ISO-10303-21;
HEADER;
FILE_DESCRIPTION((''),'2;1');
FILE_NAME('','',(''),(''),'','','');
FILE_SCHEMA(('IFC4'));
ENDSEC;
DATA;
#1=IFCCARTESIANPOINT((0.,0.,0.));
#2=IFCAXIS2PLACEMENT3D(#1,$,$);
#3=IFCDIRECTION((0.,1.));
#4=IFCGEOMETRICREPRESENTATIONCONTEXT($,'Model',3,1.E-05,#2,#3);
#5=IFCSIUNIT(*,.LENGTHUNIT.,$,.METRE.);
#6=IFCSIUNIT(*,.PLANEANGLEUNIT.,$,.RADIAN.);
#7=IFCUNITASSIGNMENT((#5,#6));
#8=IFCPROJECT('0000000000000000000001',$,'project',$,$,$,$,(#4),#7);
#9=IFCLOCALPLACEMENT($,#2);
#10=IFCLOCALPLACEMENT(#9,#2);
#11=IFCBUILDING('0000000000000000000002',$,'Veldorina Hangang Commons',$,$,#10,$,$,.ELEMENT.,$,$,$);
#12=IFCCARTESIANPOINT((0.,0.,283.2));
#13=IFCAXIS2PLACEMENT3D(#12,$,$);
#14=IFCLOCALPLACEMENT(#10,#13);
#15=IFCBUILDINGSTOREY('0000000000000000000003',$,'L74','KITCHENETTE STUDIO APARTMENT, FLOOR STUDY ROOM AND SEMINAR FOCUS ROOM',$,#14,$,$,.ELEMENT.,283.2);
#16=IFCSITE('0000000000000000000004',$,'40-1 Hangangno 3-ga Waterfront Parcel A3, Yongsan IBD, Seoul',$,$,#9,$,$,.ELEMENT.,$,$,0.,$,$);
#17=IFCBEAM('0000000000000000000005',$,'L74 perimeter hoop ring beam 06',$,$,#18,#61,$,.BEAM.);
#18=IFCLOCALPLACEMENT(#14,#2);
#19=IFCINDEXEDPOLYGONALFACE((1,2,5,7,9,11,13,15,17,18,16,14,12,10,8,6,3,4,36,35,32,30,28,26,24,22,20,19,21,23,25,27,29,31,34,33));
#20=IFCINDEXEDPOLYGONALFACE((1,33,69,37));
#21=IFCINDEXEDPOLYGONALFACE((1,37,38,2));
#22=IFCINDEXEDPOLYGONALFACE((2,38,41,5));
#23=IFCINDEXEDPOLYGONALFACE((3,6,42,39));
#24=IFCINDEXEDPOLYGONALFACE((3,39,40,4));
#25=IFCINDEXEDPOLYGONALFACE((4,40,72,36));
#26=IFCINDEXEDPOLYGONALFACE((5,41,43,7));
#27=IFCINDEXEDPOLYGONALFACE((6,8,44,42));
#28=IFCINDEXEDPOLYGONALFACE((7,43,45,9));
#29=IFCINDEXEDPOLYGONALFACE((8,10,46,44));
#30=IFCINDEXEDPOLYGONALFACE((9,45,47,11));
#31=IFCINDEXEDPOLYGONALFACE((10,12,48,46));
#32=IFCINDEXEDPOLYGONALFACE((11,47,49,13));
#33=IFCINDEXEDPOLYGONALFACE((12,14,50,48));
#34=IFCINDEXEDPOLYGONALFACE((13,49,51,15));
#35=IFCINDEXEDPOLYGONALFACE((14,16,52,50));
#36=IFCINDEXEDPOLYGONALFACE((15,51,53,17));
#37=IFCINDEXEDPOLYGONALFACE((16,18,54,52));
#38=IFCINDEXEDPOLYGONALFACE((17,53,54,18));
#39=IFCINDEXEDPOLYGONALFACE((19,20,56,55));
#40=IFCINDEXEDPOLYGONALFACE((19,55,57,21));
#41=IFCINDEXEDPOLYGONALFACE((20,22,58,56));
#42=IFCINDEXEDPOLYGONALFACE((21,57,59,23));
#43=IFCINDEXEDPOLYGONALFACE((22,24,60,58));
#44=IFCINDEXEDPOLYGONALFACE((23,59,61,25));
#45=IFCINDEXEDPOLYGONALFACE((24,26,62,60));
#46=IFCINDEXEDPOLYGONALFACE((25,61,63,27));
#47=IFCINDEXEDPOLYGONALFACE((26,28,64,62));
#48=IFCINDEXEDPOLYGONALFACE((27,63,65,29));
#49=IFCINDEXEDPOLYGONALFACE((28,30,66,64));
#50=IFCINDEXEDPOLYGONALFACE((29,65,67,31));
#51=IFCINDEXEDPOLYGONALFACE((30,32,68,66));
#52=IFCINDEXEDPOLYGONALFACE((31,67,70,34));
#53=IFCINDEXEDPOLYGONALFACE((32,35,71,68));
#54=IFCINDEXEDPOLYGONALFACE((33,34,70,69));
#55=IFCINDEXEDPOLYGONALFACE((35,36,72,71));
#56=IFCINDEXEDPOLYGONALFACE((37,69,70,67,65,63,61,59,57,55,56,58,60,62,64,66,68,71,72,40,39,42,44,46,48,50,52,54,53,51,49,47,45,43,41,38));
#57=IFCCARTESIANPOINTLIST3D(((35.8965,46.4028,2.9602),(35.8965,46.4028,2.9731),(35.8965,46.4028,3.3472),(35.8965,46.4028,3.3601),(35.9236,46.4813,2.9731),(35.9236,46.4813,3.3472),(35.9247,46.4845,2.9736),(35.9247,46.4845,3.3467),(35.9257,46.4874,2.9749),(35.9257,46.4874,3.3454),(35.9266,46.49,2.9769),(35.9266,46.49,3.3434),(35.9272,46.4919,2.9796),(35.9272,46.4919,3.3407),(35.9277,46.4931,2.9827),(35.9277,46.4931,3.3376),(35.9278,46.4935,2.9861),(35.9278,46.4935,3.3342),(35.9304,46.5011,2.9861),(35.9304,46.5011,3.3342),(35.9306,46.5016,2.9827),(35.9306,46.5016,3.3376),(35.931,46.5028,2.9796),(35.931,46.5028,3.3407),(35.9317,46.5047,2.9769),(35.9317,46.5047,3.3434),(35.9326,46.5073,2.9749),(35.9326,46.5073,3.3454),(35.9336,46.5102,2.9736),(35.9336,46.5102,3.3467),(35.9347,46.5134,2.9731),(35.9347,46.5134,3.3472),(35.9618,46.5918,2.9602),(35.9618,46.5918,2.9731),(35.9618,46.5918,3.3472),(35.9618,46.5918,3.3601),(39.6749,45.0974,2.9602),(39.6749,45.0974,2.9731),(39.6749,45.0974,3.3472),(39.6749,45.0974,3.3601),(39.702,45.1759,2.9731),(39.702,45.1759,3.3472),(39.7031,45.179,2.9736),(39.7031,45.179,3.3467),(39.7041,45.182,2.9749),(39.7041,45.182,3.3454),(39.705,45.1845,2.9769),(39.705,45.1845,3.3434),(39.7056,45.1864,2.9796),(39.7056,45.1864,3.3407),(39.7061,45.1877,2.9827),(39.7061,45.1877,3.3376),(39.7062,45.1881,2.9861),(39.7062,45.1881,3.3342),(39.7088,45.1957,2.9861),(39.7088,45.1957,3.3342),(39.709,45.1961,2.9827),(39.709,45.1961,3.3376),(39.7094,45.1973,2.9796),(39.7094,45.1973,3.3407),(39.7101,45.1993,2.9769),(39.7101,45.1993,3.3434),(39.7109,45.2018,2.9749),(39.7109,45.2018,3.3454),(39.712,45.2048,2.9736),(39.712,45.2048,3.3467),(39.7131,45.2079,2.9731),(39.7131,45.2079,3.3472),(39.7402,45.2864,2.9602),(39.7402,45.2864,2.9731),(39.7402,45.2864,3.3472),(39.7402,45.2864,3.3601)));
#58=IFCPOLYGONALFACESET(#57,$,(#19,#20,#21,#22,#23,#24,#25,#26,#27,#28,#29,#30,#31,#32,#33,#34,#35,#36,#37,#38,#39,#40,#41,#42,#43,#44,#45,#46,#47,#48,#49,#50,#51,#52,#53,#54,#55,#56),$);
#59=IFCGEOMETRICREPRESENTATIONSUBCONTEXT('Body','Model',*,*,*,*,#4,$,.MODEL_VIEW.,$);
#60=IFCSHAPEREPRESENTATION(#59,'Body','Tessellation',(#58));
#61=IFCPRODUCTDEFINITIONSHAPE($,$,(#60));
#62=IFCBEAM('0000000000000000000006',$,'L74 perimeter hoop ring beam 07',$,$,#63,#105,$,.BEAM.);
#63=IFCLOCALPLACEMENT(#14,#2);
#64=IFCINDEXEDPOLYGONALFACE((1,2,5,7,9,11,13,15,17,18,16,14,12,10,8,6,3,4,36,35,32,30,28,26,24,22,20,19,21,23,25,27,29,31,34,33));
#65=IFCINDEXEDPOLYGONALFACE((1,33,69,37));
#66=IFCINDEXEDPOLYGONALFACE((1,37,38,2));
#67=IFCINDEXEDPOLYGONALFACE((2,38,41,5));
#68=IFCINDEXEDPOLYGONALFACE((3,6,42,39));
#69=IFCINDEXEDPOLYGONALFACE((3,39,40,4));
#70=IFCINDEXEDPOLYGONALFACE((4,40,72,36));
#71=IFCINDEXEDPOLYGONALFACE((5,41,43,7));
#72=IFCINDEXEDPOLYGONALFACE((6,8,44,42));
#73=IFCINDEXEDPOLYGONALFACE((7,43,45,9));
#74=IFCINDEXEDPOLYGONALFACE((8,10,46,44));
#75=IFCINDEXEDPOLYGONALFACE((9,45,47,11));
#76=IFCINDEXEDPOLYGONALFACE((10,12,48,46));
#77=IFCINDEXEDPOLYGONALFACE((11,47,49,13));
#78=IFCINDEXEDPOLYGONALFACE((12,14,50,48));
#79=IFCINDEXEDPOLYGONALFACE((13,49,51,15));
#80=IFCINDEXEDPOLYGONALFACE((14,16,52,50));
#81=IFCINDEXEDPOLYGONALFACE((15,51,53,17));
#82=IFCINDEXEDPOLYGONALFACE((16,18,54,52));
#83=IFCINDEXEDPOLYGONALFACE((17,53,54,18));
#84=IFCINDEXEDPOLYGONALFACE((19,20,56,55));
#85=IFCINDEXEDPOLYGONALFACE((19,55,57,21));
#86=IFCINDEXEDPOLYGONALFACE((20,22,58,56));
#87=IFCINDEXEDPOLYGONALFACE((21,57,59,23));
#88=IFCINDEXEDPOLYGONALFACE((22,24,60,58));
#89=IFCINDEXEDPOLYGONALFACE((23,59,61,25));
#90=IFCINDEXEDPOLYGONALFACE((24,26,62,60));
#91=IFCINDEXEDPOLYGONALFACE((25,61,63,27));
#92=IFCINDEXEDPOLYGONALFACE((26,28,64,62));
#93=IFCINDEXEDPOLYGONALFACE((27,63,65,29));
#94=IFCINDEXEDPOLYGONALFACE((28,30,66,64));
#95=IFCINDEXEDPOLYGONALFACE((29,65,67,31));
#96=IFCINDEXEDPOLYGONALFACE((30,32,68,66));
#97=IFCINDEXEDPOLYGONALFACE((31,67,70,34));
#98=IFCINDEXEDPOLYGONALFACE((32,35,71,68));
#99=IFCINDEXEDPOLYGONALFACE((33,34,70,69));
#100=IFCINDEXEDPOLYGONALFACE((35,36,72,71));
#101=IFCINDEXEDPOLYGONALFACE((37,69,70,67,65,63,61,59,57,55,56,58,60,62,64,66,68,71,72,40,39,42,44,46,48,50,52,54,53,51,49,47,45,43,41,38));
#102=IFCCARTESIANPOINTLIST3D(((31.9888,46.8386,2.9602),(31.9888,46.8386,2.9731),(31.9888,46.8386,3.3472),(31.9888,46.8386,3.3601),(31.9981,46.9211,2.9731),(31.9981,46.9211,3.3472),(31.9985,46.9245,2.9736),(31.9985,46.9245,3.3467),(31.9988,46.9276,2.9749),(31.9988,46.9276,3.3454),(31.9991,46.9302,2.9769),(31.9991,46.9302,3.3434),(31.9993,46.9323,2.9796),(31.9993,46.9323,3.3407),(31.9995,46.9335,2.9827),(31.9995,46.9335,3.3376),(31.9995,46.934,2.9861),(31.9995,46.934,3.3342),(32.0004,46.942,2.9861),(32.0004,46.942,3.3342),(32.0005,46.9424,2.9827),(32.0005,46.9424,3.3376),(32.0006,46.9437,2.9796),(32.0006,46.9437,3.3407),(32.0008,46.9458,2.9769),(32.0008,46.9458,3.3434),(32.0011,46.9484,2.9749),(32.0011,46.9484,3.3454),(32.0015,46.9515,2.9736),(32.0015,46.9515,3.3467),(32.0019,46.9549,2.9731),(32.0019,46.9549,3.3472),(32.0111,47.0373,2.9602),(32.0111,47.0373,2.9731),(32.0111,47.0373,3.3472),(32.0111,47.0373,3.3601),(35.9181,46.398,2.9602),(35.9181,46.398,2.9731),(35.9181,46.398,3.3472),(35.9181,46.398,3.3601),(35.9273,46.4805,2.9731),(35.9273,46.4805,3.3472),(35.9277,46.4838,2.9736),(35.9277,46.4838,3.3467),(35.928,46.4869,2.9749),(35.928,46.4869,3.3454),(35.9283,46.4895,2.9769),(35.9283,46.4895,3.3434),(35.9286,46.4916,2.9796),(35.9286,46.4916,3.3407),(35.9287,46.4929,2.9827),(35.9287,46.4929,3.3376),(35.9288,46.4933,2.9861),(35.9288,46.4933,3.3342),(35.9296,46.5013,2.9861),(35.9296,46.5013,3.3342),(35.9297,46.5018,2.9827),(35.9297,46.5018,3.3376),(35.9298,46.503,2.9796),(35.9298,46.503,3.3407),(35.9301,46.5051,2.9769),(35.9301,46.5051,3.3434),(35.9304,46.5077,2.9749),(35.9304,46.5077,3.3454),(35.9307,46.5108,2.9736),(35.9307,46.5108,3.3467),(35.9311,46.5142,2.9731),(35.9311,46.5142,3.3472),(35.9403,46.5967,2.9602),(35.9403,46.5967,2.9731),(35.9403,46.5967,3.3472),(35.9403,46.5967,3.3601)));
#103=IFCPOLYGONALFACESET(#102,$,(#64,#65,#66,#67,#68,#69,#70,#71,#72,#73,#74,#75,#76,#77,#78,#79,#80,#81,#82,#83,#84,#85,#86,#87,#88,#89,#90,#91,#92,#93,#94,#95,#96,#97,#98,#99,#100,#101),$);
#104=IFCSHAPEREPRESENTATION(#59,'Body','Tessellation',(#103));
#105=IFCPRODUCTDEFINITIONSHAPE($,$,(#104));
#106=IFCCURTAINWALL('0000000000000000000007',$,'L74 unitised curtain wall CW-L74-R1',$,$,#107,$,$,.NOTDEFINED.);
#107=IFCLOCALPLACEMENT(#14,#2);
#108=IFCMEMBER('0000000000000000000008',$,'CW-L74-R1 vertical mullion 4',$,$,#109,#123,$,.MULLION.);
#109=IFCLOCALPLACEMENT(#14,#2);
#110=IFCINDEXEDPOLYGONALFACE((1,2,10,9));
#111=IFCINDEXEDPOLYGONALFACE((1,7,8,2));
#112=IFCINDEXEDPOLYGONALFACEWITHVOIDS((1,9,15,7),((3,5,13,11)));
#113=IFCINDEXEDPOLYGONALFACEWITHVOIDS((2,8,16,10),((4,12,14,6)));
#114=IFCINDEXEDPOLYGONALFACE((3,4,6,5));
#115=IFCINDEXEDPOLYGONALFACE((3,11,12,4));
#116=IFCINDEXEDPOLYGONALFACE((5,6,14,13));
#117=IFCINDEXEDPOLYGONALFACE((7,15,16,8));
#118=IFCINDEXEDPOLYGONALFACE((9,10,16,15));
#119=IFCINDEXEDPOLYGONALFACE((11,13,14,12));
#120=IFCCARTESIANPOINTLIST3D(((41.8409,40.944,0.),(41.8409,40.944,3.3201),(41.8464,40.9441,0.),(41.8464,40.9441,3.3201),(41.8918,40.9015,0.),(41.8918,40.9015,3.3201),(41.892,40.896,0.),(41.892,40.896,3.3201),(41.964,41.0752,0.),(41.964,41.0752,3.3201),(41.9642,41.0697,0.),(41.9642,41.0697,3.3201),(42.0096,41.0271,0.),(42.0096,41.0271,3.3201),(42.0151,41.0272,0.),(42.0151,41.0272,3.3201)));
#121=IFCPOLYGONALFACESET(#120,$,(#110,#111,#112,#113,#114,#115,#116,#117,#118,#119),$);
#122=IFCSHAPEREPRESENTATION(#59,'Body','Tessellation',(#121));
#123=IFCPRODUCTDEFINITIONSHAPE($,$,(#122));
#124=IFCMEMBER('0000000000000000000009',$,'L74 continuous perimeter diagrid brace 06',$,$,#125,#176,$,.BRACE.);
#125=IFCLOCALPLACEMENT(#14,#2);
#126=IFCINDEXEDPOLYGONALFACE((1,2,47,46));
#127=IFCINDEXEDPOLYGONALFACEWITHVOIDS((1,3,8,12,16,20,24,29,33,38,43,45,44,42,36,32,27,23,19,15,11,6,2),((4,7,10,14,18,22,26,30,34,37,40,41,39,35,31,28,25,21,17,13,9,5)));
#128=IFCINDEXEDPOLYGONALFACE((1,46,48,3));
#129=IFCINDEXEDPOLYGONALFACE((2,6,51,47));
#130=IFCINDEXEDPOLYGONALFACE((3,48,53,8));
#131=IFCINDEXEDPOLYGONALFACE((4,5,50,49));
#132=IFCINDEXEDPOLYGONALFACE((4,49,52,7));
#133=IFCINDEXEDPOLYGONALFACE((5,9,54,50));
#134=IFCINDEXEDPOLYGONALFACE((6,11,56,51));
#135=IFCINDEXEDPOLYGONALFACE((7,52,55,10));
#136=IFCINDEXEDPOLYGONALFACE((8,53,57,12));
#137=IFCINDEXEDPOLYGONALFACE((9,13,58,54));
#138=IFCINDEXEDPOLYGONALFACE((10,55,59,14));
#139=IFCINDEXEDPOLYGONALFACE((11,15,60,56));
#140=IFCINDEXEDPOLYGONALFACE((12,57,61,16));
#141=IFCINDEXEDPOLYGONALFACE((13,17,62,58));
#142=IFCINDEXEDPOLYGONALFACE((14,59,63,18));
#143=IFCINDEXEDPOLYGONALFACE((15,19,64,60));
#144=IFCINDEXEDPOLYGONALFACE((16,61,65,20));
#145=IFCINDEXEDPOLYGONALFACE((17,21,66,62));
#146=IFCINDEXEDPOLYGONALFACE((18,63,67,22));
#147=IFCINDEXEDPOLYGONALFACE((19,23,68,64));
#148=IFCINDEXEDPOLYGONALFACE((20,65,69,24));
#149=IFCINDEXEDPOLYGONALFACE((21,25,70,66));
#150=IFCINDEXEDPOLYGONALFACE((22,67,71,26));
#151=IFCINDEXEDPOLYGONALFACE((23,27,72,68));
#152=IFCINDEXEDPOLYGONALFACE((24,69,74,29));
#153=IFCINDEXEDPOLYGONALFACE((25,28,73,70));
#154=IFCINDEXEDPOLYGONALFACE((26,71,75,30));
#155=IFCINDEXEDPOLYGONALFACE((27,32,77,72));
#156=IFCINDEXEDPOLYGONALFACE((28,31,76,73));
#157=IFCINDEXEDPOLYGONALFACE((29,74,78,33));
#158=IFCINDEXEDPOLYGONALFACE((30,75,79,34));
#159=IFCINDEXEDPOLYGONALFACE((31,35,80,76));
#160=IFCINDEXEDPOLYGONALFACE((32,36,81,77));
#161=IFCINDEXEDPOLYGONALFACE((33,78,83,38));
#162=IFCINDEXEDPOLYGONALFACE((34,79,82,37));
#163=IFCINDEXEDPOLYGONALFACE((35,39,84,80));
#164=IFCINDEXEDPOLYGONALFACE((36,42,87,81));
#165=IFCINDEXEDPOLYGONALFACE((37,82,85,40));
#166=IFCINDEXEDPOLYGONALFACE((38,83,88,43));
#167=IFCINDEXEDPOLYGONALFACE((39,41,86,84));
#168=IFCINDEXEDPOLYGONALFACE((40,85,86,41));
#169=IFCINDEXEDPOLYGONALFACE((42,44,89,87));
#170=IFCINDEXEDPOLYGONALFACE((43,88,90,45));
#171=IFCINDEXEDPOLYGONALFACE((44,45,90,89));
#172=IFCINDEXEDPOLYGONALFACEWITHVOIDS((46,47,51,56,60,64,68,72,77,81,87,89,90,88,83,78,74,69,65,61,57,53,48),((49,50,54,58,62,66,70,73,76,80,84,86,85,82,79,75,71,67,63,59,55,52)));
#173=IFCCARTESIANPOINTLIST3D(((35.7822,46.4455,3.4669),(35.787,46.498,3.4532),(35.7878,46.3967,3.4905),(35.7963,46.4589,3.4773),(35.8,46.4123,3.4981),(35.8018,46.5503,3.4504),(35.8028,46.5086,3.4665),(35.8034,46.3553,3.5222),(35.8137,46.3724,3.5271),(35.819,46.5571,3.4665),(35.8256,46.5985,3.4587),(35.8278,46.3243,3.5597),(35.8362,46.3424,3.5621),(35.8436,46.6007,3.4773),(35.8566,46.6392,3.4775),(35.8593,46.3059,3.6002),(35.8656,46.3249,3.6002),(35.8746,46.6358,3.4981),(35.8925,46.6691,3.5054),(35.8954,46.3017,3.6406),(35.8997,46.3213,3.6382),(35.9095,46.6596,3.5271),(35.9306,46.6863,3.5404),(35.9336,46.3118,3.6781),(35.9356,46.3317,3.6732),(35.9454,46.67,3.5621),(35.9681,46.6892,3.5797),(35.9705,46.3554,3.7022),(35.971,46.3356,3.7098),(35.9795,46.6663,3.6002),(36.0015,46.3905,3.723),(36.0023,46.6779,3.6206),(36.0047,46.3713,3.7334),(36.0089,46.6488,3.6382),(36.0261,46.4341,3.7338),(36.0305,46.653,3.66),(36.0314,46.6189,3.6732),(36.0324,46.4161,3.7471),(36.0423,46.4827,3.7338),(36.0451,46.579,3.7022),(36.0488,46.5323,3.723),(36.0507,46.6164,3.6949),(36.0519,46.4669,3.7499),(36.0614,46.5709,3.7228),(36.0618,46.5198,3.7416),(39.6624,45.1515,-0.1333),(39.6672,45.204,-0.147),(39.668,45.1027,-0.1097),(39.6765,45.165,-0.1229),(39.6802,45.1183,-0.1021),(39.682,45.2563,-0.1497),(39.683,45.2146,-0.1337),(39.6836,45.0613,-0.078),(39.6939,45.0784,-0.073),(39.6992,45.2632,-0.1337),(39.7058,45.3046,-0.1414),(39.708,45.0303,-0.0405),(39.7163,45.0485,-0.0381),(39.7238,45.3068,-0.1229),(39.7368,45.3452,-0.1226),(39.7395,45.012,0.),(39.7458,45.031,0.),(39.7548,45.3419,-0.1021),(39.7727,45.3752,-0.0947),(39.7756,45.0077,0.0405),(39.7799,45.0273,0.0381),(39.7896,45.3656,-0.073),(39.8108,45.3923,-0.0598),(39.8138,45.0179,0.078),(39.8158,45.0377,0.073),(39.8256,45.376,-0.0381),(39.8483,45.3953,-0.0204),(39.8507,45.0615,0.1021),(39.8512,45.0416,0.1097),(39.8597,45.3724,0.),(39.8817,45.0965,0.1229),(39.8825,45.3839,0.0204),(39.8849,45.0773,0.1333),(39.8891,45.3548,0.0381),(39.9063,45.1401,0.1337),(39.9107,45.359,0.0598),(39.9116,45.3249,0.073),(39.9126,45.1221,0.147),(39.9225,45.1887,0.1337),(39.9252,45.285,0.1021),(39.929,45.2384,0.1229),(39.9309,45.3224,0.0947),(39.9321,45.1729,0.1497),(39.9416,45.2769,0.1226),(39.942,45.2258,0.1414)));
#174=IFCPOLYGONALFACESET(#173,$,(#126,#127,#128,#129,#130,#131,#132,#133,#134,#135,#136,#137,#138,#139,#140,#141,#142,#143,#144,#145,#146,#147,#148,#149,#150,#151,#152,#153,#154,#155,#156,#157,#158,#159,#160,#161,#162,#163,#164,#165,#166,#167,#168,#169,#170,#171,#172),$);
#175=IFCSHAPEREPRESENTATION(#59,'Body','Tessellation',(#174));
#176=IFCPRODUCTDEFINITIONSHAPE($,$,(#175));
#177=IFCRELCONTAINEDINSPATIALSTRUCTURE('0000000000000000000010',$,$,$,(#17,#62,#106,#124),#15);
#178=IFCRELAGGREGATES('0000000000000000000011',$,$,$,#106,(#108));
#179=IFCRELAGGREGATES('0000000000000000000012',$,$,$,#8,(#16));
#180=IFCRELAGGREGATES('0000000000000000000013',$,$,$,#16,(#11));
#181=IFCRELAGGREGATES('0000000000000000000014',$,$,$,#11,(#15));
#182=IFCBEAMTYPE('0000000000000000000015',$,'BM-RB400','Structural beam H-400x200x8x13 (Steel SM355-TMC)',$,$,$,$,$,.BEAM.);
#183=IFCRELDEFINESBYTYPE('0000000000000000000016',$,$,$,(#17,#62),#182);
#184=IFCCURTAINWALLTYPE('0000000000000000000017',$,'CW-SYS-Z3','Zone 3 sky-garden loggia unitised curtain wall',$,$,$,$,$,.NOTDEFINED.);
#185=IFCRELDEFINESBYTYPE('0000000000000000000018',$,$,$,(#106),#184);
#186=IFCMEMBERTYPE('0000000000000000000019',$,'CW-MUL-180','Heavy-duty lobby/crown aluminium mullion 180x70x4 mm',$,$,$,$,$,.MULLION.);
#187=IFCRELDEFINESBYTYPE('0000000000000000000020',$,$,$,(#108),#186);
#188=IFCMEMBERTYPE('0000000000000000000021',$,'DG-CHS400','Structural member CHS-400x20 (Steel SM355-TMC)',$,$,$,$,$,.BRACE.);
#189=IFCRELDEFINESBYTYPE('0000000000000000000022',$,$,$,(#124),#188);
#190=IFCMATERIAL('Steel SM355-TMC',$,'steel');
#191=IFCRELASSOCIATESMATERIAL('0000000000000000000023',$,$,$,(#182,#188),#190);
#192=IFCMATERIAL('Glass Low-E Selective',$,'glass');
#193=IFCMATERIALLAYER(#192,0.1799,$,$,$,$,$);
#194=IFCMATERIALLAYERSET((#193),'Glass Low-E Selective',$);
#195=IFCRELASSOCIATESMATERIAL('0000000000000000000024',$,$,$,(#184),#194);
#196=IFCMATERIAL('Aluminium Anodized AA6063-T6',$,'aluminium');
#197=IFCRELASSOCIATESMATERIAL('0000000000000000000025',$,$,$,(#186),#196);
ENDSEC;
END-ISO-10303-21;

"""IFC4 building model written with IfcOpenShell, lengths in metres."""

from ifc_helpers import new_model, si_unit, direction, frame, origin, origin_2d, place, context, subcontext, project, spatial, hollow_rectangle, hollow_circle, i_section, extrude, material, layer, layer_set, material_profile, profile_set, type_object, element, aggregate, save


model = new_model("IFC4")

# Units and contexts
model_context = context("Model", 3, precision=1e-05, world=origin(), true_north=direction((0.0, 1.0)))
body_context = subcontext(model_context, "Body", "Model", "MODEL_VIEW")
ifc_project = project(units=[si_unit("LENGTHUNIT", "METRE"), si_unit("PLANEANGLEUNIT", "RADIAN")], contexts=[model_context])

# Site, building, storey
site_placement = place(None, origin())
site = spatial("IfcSite", under=ifc_project, at=site_placement, Name="40-1 Hangangno 3-ga Waterfront Parcel A3, Yongsan IBD, Seoul", CompositionType="ELEMENT", RefElevation=0.0)
building_placement = place(site_placement, origin())
building = spatial("IfcBuilding", under=site, at=building_placement, Name="Veldorina Hangang Commons", CompositionType="ELEMENT")
storey_placement = place(building_placement, frame((0.0, 0.0, 283.2)))
storey = spatial("IfcBuildingStorey", under=building, at=storey_placement, Name="L74", Description="KITCHENETTE STUDIO APARTMENT, FLOOR STUDY ROOM AND SEMINAR FOCUS ROOM", CompositionType="ELEMENT", Elevation=283.2)

# Beams
ifc_material_1 = material(Name="Steel SM355-TMC", Category="steel")
ifc_material_profile_1 = material_profile(ifc_material_1, i_section(OverallWidth=0.2, OverallDepth=0.3999, WebThickness=0.0081, FlangeThickness=0.0129, FilletRadius=0.0129, at=origin_2d()), Name="H-400x200x8x13")
ifc_profile_set_1 = profile_set([ifc_material_profile_1], Name="Steel SM355-TMC")
beam_type = type_object("IfcBeamType", Name="BM-RB400", Description="Structural beam H-400x200x8x13 (Steel SM355-TMC)", PredefinedType="BEAM", material=ifc_profile_set_1)
beam_1_placement = place(storey_placement, frame((39.7075, 45.1919, 3.1602), z_axis=(-0.945176, 0.326561, 0.0), x_axis=(-0.326561, -0.945176, 0.0)))
element("IfcBeam", 1, at=beam_1_placement, inside=storey, type_object=beam_type, Name="L74 perimeter hoop ring beam 06", PredefinedType="BEAM", context=body_context, shape_type="SweptSolid", body=[
    extrude(i_section(OverallWidth=0.2, OverallDepth=0.3999, WebThickness=0.0081, FlangeThickness=0.0129, FilletRadius=0.0129, at=origin_2d()), origin(), (0.0, 0.0, 1.0), 3.9976),
])
beam_2_placement = place(storey_placement, frame((35.9292, 46.4973, 3.1602), z_axis=(-0.99377, 0.111455, 0.0), x_axis=(-0.111455, -0.99377, 0.0)))
element("IfcBeam", 2, at=beam_2_placement, inside=storey, type_object=beam_type, Name="L74 perimeter hoop ring beam 07", PredefinedType="BEAM", context=body_context, shape_type="SweptSolid", body=[
    extrude(i_section(OverallWidth=0.2, OverallDepth=0.3999, WebThickness=0.0081, FlangeThickness=0.0129, FilletRadius=0.0129, at=origin_2d()), origin(), (0.0, 0.0, 1.0), 3.9539),
])

# Curtain wall, member
ifc_material_2 = material(Name="Glass Low-E Selective", Category="glass")
ifc_layer_1 = layer(ifc_material_2, 0.1799)
ifc_layer_set_1 = layer_set([ifc_layer_1], Name="Glass Low-E Selective")
curtain_wall_type = type_object("IfcCurtainWallType", Name="CW-SYS-Z3", Description="Zone 3 sky-garden loggia unitised curtain wall", PredefinedType="NOTDEFINED", material=ifc_layer_set_1)
curtain_wall_placement = place(storey_placement, origin())
curtain_wall = element("IfcCurtainWall", 3, at=curtain_wall_placement, inside=storey, type_object=curtain_wall_type, Name="L74 unitised curtain wall CW-L74-R1", PredefinedType="NOTDEFINED")
ifc_material_3 = material(Name="Aluminium Anodized AA6063-T6", Category="aluminium")
ifc_material_profile_2 = material_profile(ifc_material_3, hollow_rectangle(XDim=0.0701, YDim=0.1799, WallThickness=0.0039, at=origin_2d()), Name="ALU-RHS-180x70x4")
ifc_profile_set_2 = profile_set([ifc_material_profile_2], Name="Aluminium Anodized AA6063-T6")
member_type_1 = type_object("IfcMemberType", Name="CW-MUL-180", Description="Heavy-duty lobby/crown aluminium mullion 180x70x4 mm", PredefinedType="MULLION", material=ifc_profile_set_2)
member_1_placement = place(storey_placement, frame((41.928, 40.9856, 0.0), z_axis=(0.0, 0.0, 1.0), x_axis=(0.729279, -0.684216, 0.0)))
member_1 = element("IfcMember", 4, at=member_1_placement, type_object=member_type_1, Name="CW-L74-R1 vertical mullion 4", PredefinedType="MULLION", context=body_context, shape_type="SweptSolid", body=[
    extrude(hollow_rectangle(XDim=0.0701, YDim=0.1799, WallThickness=0.0039, at=origin_2d()), origin(), (0.0, 0.0, 1.0), 3.3201),
])
aggregate(curtain_wall, [member_1])

# Member
ifc_material_profile_3 = material_profile(ifc_material_1, hollow_circle(Radius=0.2, WallThickness=0.02, at=origin_2d()), Name="CHS-400x20")
ifc_profile_set_3 = profile_set([ifc_material_profile_3], Name="Steel SM355-TMC")
member_type_2 = type_object("IfcMemberType", Name="DG-CHS400", Description="Structural member CHS-400x20 (Steel SM355-TMC)", PredefinedType="BRACE", material=ifc_profile_set_3)
member_2_placement = place(storey_placement, frame((39.8027, 45.2017, 0.0), z_axis=(-0.712095, 0.23747, 0.660703), x_axis=(-0.316353, -0.948642, 0.0)))
element("IfcMember", 5, at=member_2_placement, inside=storey, type_object=member_type_2, Name="L74 continuous perimeter diagrid brace 06", PredefinedType="BRACE", context=body_context, shape_type="SweptSolid", body=[
    extrude(hollow_circle(Radius=0.2, WallThickness=0.02, at=origin_2d()), origin(), (0.0, 0.0, 1.0), 5.449),
])

save(model, "model.ifc")
